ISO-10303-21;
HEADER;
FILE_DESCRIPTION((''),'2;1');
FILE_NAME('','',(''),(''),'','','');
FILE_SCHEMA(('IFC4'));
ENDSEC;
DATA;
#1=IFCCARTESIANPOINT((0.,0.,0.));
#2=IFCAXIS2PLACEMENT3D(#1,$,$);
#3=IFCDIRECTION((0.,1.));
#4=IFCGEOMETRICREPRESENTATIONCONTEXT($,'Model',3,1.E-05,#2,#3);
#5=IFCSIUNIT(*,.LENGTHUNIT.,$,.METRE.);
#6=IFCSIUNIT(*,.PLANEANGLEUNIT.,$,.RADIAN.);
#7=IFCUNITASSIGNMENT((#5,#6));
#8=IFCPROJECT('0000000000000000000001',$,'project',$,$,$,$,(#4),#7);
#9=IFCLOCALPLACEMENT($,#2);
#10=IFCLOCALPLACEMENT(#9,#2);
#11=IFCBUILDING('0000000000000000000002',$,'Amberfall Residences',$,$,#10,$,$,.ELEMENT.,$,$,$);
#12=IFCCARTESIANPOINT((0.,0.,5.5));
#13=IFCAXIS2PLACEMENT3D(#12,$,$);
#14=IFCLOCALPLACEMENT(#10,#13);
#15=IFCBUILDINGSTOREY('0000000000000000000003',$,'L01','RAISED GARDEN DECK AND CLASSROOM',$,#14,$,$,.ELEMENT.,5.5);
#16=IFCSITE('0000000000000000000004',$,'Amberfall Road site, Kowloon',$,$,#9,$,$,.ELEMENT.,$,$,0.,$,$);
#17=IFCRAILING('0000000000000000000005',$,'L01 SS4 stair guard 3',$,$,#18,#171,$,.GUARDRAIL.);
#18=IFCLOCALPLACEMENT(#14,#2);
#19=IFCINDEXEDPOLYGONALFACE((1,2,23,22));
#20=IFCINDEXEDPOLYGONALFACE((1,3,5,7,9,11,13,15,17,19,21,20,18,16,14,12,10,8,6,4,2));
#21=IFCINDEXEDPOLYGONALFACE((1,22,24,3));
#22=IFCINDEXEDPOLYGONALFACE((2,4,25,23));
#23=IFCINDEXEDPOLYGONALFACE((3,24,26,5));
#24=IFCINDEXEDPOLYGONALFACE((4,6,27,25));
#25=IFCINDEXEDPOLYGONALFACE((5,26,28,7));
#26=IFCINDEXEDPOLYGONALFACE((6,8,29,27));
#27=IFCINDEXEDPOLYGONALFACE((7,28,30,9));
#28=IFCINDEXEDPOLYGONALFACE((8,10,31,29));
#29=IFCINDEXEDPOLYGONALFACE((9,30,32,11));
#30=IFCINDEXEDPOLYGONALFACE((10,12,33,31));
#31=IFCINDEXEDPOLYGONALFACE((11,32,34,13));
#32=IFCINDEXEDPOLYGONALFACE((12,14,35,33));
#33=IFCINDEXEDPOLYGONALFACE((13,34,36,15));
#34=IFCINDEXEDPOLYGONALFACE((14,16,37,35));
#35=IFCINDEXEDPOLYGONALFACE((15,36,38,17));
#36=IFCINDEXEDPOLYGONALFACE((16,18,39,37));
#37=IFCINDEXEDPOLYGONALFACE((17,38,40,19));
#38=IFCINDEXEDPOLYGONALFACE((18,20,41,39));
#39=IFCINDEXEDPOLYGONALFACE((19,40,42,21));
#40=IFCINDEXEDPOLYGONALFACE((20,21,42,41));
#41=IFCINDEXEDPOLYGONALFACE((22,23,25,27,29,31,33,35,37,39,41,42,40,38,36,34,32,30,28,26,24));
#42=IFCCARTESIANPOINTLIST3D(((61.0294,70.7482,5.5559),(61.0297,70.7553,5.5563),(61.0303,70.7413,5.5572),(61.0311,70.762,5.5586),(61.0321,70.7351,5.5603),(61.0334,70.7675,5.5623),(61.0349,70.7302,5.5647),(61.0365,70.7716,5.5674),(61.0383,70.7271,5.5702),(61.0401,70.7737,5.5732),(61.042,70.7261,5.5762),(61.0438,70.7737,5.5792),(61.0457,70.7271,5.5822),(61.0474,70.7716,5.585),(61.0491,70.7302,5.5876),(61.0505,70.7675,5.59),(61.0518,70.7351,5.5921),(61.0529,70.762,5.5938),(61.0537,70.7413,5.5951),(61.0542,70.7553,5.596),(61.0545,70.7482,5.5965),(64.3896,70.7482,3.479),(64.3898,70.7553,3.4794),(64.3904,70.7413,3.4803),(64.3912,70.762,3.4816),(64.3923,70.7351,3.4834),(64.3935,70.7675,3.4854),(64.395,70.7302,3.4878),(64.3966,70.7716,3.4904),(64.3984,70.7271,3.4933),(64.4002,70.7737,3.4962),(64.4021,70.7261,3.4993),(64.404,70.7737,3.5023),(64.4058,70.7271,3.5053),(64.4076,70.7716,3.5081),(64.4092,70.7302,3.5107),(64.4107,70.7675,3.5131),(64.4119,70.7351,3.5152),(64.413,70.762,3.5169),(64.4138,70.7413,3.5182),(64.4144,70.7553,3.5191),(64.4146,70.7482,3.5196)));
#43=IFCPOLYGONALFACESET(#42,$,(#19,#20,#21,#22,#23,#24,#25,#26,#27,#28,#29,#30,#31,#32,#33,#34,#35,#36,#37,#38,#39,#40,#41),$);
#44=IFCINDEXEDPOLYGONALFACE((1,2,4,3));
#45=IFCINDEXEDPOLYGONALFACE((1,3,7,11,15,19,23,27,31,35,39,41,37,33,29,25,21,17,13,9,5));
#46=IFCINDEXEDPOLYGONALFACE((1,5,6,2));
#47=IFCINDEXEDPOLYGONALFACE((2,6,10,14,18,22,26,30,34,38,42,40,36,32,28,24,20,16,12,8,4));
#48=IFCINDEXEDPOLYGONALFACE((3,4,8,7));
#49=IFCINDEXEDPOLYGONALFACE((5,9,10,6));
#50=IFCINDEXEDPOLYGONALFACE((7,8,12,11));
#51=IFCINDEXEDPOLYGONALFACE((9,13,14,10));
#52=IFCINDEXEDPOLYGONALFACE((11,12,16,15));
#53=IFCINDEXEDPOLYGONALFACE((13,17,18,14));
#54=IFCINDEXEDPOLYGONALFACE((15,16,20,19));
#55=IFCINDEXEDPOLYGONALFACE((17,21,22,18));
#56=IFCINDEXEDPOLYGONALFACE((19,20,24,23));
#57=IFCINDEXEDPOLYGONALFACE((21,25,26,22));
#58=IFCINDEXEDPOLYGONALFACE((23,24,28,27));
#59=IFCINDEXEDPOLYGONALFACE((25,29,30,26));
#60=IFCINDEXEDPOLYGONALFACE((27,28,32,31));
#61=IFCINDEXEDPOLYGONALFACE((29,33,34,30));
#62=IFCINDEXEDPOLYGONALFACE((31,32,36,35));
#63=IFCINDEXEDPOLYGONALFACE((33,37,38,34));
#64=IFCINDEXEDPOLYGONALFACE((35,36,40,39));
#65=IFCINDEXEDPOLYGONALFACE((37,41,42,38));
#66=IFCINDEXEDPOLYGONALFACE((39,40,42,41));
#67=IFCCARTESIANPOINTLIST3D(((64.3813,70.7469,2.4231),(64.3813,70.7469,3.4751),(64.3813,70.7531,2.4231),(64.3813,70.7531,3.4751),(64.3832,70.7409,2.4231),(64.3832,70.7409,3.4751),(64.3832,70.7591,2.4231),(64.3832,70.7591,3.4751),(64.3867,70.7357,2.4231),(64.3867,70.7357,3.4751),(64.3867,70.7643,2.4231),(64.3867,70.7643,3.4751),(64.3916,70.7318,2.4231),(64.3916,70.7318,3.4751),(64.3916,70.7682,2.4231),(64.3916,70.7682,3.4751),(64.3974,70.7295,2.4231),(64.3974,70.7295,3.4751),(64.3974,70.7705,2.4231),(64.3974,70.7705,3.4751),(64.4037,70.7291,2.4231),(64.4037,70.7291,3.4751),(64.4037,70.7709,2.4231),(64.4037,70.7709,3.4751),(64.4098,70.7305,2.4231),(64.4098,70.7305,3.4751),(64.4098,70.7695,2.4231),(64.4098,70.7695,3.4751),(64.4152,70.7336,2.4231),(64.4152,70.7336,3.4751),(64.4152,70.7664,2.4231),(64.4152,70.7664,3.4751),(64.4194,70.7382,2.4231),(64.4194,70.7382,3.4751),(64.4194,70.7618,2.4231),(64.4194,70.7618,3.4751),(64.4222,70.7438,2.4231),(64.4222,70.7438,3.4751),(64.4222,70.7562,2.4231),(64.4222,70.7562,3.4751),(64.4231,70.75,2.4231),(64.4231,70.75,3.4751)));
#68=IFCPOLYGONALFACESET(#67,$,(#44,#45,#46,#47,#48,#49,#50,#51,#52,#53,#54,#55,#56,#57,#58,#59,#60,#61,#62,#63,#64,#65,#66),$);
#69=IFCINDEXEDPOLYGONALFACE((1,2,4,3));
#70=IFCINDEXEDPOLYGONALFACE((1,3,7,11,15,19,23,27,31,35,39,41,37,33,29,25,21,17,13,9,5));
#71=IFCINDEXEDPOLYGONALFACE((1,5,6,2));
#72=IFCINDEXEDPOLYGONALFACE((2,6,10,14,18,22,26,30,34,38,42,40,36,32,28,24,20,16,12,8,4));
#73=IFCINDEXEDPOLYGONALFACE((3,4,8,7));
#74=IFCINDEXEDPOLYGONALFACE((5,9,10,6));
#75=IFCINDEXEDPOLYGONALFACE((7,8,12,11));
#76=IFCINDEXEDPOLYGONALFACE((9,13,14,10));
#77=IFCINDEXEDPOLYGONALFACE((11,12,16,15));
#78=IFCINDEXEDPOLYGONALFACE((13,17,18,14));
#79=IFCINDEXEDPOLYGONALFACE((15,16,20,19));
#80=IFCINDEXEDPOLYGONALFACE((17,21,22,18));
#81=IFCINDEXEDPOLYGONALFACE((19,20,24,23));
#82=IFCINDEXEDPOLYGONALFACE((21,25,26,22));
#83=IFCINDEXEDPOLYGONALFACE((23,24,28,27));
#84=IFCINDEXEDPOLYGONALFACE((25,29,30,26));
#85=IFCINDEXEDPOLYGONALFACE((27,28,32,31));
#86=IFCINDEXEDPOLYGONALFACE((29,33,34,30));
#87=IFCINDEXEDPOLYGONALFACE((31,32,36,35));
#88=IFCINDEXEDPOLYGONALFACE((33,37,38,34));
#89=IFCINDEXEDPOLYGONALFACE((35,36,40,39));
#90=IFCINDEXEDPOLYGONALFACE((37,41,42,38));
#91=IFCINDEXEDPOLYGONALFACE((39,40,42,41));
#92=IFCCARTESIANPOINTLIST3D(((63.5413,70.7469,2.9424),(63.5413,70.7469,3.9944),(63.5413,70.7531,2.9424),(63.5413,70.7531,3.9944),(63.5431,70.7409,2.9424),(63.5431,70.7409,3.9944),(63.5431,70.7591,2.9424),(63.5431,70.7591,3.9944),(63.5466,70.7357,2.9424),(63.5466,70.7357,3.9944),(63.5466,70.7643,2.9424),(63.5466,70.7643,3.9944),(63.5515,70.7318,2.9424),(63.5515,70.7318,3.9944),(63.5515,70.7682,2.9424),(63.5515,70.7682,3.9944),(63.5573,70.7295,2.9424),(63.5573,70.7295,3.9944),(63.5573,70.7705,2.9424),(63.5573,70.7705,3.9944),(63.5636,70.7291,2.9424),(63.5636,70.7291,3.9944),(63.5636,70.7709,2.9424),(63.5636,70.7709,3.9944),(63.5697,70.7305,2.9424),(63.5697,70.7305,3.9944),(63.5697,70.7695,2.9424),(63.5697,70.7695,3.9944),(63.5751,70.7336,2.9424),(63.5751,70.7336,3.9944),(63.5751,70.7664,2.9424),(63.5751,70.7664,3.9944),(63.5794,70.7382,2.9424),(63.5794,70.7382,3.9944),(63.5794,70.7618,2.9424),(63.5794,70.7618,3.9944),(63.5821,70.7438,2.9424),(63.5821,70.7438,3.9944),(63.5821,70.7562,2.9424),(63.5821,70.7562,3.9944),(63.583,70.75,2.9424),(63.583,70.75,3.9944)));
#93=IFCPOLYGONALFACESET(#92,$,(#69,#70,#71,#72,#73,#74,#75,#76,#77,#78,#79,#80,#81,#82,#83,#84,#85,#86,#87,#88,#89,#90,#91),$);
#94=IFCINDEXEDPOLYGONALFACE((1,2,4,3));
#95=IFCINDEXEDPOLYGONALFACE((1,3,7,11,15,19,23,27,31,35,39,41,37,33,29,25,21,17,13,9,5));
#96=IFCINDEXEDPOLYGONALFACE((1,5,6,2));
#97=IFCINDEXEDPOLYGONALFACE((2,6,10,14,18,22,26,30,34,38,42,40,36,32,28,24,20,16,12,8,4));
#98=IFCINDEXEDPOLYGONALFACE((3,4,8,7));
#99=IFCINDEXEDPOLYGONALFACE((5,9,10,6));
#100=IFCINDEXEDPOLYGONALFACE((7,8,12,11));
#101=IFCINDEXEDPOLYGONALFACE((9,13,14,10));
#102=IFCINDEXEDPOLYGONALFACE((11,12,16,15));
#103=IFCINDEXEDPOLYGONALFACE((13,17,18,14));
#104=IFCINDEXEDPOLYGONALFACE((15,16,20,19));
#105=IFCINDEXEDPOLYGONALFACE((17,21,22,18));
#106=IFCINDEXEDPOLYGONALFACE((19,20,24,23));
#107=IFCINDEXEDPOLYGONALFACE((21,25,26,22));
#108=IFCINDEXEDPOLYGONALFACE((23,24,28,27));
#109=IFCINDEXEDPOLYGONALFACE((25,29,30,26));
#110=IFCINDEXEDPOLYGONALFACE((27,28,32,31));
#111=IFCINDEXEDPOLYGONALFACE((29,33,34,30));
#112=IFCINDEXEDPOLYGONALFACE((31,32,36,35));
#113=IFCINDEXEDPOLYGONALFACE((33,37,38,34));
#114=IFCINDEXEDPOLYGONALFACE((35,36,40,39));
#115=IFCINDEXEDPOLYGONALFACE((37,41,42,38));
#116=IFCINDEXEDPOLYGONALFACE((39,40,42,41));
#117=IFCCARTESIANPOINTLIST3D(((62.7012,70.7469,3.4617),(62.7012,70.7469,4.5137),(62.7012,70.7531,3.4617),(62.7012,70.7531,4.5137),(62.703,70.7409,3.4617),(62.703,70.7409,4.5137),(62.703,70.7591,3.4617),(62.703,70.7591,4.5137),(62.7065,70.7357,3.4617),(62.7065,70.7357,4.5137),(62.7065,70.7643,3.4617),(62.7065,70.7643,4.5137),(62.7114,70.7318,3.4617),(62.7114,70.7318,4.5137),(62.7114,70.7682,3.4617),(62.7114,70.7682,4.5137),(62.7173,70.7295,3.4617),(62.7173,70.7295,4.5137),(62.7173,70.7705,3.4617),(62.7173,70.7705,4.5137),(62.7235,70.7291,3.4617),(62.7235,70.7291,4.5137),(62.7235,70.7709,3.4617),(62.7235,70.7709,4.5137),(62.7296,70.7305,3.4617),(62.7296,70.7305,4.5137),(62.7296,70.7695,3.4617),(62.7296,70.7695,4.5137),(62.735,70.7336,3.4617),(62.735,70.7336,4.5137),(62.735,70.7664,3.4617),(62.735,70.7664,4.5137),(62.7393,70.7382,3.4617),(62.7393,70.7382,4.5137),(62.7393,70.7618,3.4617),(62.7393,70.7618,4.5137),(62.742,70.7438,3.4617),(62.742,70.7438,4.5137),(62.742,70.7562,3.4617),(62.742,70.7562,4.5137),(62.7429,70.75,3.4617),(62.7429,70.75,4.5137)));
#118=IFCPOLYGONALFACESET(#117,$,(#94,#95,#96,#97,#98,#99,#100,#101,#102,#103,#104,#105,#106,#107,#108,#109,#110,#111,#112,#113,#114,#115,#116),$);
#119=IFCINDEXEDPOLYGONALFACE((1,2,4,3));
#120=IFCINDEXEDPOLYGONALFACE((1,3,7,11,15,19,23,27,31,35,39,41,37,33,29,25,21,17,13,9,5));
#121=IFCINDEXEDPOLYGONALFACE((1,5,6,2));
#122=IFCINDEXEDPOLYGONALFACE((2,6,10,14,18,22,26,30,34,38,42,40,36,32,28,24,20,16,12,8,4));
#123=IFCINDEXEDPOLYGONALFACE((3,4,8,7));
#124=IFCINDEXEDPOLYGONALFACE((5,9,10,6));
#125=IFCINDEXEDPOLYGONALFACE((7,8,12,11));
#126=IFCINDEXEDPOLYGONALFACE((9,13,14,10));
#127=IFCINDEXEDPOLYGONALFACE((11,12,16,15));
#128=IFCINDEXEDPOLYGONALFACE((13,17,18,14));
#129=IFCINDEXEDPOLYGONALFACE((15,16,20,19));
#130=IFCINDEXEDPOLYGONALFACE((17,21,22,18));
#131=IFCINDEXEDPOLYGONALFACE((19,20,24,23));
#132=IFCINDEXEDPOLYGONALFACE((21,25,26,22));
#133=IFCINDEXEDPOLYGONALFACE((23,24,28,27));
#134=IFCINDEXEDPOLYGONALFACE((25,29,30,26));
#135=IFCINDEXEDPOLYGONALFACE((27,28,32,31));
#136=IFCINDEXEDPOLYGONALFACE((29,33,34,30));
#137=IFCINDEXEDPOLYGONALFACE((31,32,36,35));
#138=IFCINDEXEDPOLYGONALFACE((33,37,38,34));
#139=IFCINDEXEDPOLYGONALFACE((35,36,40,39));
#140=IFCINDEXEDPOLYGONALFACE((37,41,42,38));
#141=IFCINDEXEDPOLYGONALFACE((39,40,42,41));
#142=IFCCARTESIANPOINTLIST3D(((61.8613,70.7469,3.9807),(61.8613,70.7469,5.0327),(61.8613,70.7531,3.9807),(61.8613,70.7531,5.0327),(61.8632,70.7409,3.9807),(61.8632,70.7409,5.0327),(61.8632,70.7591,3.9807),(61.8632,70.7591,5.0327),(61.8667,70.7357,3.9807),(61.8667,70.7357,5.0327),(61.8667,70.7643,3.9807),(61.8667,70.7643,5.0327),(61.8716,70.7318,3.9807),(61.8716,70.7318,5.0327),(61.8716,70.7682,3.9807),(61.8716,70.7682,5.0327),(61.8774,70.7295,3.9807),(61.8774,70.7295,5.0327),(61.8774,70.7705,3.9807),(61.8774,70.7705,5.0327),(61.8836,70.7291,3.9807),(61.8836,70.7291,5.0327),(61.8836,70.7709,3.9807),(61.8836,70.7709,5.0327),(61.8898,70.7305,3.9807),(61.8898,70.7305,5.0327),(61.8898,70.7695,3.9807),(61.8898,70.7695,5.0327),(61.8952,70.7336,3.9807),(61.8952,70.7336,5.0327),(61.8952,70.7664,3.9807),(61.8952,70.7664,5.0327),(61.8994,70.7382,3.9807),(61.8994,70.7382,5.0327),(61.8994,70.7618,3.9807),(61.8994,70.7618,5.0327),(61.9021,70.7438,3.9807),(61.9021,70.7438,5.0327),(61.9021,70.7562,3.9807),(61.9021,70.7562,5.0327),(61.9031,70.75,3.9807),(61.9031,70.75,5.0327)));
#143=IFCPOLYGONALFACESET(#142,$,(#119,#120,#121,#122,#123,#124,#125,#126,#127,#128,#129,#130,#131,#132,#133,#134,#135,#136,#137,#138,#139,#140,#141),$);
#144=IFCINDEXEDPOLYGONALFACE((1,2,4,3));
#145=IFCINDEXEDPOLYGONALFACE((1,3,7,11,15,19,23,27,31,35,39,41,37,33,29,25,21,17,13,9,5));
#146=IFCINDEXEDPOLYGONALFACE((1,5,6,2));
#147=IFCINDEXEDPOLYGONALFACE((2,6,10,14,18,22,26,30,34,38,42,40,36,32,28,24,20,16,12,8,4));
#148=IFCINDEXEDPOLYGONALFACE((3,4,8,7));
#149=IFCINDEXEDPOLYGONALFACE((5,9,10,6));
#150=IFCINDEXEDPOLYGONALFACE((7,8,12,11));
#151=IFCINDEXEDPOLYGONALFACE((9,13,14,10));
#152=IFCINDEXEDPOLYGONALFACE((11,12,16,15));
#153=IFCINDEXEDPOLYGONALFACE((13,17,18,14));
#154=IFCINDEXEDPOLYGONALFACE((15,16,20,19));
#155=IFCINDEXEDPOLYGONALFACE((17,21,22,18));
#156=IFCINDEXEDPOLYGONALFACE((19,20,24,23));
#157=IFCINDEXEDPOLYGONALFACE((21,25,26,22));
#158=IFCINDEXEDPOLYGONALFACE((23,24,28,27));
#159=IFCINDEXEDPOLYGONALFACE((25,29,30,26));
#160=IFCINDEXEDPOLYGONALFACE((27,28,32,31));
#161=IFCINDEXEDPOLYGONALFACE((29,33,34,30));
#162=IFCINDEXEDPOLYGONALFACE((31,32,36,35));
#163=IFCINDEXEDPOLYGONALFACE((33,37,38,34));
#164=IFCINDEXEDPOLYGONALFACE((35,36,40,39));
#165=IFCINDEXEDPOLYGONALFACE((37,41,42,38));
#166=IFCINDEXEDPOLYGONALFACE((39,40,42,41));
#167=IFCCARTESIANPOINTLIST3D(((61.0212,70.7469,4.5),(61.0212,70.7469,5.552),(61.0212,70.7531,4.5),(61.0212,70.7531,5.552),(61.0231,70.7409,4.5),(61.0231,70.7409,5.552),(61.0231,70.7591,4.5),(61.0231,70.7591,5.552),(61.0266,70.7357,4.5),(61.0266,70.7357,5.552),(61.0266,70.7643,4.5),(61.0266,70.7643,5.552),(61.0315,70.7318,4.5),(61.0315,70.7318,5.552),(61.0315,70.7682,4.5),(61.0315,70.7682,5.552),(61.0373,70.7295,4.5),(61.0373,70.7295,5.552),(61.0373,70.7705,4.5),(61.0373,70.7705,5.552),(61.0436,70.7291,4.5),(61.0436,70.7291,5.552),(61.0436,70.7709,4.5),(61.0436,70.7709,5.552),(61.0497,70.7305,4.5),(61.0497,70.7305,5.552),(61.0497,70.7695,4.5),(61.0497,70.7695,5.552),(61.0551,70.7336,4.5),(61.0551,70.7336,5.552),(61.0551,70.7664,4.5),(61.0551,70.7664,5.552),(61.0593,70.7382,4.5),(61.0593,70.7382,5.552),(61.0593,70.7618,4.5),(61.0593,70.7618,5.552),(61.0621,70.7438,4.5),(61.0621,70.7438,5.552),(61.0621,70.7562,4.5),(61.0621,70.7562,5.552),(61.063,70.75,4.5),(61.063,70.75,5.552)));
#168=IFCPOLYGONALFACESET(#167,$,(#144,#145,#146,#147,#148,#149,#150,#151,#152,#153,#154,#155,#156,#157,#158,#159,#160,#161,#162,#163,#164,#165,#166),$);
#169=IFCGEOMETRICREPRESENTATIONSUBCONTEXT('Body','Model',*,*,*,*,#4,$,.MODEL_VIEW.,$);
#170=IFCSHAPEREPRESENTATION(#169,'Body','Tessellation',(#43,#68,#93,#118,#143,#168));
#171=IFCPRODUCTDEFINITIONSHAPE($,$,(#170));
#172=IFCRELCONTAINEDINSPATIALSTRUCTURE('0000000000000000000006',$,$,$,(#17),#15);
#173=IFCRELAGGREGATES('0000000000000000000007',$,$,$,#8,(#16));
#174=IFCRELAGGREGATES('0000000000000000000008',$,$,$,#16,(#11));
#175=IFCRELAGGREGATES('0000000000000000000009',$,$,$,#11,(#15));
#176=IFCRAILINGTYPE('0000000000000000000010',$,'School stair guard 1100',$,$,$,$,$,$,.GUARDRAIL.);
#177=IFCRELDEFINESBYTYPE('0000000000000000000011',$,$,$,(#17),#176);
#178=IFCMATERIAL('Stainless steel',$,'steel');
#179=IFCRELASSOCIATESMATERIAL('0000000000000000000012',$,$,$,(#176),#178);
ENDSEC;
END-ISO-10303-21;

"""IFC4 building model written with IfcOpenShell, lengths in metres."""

from ifc_helpers import new_model, si_unit, direction, frame, origin, origin_2d, place, context, subcontext, project, spatial, circle, extrude, material, type_object, element, save


model = new_model("IFC4")

# Units and contexts
model_context = context("Model", 3, precision=1e-05, world=origin(), true_north=direction((0.0, 1.0)))
body_context = subcontext(model_context, "Body", "Model", "MODEL_VIEW")
ifc_project = project(units=[si_unit("LENGTHUNIT", "METRE"), si_unit("PLANEANGLEUNIT", "RADIAN")], contexts=[model_context])

# Site, building, storey
site_placement = place(None, origin())
site = spatial("IfcSite", under=ifc_project, at=site_placement, Name="Amberfall Road site, Kowloon", CompositionType="ELEMENT", RefElevation=0.0)
building_placement = place(site_placement, origin())
building = spatial("IfcBuilding", under=site, at=building_placement, Name="Amberfall Residences", CompositionType="ELEMENT")
storey_placement = place(building_placement, frame((0.0, 0.0, 5.5)))
storey = spatial("IfcBuildingStorey", under=building, at=storey_placement, Name="L01", Description="RAISED GARDEN DECK AND CLASSROOM", CompositionType="ELEMENT", Elevation=5.5)

# Railing
ifc_material_1 = material(Name="Stainless steel", Category="steel")
railing_type_1 = type_object("IfcRailingType", Name="School stair guard 1100", PredefinedType="GUARDRAIL", material=ifc_material_1)
railing_1_placement = place(storey_placement, frame((64.4021, 70.75, 2.4231)))
element("IfcRailing", 1, at=railing_1_placement, inside=storey, type_object=railing_type_1, Name="L01 SS4 stair guard 3", PredefinedType="GUARDRAIL", context=body_context, shape_type="SweptSolid", body=[
    extrude(circle(Radius=0.0239, at=origin_2d()), frame((0.0, 0.0, 1.0762), z_axis=(-0.850623, 0.0, 0.525776), x_axis=(0.0, -1.0, 0.0)), (0.0, 0.0, 1.0), 3.9502),
    extrude(circle(Radius=0.021, at=origin_2d()), origin(), (0.0, 0.0, 1.0), 1.052),
    extrude(circle(Radius=0.021, at=origin_2d()), frame((-0.8401, 0.0, 0.5193)), (0.0, 0.0, 1.0), 1.052),
    extrude(circle(Radius=0.021, at=origin_2d()), frame((-1.6802, 0.0, 1.0386)), (0.0, 0.0, 1.0), 1.052),
    extrude(circle(Radius=0.021, at=origin_2d()), frame((-2.52, 0.0, 1.5576)), (0.0, 0.0, 1.0), 1.052),
    extrude(circle(Radius=0.021, at=origin_2d()), frame((-3.3601, 0.0, 2.0769)), (0.0, 0.0, 1.0), 1.052),
])

save(model, "model.ifc")
